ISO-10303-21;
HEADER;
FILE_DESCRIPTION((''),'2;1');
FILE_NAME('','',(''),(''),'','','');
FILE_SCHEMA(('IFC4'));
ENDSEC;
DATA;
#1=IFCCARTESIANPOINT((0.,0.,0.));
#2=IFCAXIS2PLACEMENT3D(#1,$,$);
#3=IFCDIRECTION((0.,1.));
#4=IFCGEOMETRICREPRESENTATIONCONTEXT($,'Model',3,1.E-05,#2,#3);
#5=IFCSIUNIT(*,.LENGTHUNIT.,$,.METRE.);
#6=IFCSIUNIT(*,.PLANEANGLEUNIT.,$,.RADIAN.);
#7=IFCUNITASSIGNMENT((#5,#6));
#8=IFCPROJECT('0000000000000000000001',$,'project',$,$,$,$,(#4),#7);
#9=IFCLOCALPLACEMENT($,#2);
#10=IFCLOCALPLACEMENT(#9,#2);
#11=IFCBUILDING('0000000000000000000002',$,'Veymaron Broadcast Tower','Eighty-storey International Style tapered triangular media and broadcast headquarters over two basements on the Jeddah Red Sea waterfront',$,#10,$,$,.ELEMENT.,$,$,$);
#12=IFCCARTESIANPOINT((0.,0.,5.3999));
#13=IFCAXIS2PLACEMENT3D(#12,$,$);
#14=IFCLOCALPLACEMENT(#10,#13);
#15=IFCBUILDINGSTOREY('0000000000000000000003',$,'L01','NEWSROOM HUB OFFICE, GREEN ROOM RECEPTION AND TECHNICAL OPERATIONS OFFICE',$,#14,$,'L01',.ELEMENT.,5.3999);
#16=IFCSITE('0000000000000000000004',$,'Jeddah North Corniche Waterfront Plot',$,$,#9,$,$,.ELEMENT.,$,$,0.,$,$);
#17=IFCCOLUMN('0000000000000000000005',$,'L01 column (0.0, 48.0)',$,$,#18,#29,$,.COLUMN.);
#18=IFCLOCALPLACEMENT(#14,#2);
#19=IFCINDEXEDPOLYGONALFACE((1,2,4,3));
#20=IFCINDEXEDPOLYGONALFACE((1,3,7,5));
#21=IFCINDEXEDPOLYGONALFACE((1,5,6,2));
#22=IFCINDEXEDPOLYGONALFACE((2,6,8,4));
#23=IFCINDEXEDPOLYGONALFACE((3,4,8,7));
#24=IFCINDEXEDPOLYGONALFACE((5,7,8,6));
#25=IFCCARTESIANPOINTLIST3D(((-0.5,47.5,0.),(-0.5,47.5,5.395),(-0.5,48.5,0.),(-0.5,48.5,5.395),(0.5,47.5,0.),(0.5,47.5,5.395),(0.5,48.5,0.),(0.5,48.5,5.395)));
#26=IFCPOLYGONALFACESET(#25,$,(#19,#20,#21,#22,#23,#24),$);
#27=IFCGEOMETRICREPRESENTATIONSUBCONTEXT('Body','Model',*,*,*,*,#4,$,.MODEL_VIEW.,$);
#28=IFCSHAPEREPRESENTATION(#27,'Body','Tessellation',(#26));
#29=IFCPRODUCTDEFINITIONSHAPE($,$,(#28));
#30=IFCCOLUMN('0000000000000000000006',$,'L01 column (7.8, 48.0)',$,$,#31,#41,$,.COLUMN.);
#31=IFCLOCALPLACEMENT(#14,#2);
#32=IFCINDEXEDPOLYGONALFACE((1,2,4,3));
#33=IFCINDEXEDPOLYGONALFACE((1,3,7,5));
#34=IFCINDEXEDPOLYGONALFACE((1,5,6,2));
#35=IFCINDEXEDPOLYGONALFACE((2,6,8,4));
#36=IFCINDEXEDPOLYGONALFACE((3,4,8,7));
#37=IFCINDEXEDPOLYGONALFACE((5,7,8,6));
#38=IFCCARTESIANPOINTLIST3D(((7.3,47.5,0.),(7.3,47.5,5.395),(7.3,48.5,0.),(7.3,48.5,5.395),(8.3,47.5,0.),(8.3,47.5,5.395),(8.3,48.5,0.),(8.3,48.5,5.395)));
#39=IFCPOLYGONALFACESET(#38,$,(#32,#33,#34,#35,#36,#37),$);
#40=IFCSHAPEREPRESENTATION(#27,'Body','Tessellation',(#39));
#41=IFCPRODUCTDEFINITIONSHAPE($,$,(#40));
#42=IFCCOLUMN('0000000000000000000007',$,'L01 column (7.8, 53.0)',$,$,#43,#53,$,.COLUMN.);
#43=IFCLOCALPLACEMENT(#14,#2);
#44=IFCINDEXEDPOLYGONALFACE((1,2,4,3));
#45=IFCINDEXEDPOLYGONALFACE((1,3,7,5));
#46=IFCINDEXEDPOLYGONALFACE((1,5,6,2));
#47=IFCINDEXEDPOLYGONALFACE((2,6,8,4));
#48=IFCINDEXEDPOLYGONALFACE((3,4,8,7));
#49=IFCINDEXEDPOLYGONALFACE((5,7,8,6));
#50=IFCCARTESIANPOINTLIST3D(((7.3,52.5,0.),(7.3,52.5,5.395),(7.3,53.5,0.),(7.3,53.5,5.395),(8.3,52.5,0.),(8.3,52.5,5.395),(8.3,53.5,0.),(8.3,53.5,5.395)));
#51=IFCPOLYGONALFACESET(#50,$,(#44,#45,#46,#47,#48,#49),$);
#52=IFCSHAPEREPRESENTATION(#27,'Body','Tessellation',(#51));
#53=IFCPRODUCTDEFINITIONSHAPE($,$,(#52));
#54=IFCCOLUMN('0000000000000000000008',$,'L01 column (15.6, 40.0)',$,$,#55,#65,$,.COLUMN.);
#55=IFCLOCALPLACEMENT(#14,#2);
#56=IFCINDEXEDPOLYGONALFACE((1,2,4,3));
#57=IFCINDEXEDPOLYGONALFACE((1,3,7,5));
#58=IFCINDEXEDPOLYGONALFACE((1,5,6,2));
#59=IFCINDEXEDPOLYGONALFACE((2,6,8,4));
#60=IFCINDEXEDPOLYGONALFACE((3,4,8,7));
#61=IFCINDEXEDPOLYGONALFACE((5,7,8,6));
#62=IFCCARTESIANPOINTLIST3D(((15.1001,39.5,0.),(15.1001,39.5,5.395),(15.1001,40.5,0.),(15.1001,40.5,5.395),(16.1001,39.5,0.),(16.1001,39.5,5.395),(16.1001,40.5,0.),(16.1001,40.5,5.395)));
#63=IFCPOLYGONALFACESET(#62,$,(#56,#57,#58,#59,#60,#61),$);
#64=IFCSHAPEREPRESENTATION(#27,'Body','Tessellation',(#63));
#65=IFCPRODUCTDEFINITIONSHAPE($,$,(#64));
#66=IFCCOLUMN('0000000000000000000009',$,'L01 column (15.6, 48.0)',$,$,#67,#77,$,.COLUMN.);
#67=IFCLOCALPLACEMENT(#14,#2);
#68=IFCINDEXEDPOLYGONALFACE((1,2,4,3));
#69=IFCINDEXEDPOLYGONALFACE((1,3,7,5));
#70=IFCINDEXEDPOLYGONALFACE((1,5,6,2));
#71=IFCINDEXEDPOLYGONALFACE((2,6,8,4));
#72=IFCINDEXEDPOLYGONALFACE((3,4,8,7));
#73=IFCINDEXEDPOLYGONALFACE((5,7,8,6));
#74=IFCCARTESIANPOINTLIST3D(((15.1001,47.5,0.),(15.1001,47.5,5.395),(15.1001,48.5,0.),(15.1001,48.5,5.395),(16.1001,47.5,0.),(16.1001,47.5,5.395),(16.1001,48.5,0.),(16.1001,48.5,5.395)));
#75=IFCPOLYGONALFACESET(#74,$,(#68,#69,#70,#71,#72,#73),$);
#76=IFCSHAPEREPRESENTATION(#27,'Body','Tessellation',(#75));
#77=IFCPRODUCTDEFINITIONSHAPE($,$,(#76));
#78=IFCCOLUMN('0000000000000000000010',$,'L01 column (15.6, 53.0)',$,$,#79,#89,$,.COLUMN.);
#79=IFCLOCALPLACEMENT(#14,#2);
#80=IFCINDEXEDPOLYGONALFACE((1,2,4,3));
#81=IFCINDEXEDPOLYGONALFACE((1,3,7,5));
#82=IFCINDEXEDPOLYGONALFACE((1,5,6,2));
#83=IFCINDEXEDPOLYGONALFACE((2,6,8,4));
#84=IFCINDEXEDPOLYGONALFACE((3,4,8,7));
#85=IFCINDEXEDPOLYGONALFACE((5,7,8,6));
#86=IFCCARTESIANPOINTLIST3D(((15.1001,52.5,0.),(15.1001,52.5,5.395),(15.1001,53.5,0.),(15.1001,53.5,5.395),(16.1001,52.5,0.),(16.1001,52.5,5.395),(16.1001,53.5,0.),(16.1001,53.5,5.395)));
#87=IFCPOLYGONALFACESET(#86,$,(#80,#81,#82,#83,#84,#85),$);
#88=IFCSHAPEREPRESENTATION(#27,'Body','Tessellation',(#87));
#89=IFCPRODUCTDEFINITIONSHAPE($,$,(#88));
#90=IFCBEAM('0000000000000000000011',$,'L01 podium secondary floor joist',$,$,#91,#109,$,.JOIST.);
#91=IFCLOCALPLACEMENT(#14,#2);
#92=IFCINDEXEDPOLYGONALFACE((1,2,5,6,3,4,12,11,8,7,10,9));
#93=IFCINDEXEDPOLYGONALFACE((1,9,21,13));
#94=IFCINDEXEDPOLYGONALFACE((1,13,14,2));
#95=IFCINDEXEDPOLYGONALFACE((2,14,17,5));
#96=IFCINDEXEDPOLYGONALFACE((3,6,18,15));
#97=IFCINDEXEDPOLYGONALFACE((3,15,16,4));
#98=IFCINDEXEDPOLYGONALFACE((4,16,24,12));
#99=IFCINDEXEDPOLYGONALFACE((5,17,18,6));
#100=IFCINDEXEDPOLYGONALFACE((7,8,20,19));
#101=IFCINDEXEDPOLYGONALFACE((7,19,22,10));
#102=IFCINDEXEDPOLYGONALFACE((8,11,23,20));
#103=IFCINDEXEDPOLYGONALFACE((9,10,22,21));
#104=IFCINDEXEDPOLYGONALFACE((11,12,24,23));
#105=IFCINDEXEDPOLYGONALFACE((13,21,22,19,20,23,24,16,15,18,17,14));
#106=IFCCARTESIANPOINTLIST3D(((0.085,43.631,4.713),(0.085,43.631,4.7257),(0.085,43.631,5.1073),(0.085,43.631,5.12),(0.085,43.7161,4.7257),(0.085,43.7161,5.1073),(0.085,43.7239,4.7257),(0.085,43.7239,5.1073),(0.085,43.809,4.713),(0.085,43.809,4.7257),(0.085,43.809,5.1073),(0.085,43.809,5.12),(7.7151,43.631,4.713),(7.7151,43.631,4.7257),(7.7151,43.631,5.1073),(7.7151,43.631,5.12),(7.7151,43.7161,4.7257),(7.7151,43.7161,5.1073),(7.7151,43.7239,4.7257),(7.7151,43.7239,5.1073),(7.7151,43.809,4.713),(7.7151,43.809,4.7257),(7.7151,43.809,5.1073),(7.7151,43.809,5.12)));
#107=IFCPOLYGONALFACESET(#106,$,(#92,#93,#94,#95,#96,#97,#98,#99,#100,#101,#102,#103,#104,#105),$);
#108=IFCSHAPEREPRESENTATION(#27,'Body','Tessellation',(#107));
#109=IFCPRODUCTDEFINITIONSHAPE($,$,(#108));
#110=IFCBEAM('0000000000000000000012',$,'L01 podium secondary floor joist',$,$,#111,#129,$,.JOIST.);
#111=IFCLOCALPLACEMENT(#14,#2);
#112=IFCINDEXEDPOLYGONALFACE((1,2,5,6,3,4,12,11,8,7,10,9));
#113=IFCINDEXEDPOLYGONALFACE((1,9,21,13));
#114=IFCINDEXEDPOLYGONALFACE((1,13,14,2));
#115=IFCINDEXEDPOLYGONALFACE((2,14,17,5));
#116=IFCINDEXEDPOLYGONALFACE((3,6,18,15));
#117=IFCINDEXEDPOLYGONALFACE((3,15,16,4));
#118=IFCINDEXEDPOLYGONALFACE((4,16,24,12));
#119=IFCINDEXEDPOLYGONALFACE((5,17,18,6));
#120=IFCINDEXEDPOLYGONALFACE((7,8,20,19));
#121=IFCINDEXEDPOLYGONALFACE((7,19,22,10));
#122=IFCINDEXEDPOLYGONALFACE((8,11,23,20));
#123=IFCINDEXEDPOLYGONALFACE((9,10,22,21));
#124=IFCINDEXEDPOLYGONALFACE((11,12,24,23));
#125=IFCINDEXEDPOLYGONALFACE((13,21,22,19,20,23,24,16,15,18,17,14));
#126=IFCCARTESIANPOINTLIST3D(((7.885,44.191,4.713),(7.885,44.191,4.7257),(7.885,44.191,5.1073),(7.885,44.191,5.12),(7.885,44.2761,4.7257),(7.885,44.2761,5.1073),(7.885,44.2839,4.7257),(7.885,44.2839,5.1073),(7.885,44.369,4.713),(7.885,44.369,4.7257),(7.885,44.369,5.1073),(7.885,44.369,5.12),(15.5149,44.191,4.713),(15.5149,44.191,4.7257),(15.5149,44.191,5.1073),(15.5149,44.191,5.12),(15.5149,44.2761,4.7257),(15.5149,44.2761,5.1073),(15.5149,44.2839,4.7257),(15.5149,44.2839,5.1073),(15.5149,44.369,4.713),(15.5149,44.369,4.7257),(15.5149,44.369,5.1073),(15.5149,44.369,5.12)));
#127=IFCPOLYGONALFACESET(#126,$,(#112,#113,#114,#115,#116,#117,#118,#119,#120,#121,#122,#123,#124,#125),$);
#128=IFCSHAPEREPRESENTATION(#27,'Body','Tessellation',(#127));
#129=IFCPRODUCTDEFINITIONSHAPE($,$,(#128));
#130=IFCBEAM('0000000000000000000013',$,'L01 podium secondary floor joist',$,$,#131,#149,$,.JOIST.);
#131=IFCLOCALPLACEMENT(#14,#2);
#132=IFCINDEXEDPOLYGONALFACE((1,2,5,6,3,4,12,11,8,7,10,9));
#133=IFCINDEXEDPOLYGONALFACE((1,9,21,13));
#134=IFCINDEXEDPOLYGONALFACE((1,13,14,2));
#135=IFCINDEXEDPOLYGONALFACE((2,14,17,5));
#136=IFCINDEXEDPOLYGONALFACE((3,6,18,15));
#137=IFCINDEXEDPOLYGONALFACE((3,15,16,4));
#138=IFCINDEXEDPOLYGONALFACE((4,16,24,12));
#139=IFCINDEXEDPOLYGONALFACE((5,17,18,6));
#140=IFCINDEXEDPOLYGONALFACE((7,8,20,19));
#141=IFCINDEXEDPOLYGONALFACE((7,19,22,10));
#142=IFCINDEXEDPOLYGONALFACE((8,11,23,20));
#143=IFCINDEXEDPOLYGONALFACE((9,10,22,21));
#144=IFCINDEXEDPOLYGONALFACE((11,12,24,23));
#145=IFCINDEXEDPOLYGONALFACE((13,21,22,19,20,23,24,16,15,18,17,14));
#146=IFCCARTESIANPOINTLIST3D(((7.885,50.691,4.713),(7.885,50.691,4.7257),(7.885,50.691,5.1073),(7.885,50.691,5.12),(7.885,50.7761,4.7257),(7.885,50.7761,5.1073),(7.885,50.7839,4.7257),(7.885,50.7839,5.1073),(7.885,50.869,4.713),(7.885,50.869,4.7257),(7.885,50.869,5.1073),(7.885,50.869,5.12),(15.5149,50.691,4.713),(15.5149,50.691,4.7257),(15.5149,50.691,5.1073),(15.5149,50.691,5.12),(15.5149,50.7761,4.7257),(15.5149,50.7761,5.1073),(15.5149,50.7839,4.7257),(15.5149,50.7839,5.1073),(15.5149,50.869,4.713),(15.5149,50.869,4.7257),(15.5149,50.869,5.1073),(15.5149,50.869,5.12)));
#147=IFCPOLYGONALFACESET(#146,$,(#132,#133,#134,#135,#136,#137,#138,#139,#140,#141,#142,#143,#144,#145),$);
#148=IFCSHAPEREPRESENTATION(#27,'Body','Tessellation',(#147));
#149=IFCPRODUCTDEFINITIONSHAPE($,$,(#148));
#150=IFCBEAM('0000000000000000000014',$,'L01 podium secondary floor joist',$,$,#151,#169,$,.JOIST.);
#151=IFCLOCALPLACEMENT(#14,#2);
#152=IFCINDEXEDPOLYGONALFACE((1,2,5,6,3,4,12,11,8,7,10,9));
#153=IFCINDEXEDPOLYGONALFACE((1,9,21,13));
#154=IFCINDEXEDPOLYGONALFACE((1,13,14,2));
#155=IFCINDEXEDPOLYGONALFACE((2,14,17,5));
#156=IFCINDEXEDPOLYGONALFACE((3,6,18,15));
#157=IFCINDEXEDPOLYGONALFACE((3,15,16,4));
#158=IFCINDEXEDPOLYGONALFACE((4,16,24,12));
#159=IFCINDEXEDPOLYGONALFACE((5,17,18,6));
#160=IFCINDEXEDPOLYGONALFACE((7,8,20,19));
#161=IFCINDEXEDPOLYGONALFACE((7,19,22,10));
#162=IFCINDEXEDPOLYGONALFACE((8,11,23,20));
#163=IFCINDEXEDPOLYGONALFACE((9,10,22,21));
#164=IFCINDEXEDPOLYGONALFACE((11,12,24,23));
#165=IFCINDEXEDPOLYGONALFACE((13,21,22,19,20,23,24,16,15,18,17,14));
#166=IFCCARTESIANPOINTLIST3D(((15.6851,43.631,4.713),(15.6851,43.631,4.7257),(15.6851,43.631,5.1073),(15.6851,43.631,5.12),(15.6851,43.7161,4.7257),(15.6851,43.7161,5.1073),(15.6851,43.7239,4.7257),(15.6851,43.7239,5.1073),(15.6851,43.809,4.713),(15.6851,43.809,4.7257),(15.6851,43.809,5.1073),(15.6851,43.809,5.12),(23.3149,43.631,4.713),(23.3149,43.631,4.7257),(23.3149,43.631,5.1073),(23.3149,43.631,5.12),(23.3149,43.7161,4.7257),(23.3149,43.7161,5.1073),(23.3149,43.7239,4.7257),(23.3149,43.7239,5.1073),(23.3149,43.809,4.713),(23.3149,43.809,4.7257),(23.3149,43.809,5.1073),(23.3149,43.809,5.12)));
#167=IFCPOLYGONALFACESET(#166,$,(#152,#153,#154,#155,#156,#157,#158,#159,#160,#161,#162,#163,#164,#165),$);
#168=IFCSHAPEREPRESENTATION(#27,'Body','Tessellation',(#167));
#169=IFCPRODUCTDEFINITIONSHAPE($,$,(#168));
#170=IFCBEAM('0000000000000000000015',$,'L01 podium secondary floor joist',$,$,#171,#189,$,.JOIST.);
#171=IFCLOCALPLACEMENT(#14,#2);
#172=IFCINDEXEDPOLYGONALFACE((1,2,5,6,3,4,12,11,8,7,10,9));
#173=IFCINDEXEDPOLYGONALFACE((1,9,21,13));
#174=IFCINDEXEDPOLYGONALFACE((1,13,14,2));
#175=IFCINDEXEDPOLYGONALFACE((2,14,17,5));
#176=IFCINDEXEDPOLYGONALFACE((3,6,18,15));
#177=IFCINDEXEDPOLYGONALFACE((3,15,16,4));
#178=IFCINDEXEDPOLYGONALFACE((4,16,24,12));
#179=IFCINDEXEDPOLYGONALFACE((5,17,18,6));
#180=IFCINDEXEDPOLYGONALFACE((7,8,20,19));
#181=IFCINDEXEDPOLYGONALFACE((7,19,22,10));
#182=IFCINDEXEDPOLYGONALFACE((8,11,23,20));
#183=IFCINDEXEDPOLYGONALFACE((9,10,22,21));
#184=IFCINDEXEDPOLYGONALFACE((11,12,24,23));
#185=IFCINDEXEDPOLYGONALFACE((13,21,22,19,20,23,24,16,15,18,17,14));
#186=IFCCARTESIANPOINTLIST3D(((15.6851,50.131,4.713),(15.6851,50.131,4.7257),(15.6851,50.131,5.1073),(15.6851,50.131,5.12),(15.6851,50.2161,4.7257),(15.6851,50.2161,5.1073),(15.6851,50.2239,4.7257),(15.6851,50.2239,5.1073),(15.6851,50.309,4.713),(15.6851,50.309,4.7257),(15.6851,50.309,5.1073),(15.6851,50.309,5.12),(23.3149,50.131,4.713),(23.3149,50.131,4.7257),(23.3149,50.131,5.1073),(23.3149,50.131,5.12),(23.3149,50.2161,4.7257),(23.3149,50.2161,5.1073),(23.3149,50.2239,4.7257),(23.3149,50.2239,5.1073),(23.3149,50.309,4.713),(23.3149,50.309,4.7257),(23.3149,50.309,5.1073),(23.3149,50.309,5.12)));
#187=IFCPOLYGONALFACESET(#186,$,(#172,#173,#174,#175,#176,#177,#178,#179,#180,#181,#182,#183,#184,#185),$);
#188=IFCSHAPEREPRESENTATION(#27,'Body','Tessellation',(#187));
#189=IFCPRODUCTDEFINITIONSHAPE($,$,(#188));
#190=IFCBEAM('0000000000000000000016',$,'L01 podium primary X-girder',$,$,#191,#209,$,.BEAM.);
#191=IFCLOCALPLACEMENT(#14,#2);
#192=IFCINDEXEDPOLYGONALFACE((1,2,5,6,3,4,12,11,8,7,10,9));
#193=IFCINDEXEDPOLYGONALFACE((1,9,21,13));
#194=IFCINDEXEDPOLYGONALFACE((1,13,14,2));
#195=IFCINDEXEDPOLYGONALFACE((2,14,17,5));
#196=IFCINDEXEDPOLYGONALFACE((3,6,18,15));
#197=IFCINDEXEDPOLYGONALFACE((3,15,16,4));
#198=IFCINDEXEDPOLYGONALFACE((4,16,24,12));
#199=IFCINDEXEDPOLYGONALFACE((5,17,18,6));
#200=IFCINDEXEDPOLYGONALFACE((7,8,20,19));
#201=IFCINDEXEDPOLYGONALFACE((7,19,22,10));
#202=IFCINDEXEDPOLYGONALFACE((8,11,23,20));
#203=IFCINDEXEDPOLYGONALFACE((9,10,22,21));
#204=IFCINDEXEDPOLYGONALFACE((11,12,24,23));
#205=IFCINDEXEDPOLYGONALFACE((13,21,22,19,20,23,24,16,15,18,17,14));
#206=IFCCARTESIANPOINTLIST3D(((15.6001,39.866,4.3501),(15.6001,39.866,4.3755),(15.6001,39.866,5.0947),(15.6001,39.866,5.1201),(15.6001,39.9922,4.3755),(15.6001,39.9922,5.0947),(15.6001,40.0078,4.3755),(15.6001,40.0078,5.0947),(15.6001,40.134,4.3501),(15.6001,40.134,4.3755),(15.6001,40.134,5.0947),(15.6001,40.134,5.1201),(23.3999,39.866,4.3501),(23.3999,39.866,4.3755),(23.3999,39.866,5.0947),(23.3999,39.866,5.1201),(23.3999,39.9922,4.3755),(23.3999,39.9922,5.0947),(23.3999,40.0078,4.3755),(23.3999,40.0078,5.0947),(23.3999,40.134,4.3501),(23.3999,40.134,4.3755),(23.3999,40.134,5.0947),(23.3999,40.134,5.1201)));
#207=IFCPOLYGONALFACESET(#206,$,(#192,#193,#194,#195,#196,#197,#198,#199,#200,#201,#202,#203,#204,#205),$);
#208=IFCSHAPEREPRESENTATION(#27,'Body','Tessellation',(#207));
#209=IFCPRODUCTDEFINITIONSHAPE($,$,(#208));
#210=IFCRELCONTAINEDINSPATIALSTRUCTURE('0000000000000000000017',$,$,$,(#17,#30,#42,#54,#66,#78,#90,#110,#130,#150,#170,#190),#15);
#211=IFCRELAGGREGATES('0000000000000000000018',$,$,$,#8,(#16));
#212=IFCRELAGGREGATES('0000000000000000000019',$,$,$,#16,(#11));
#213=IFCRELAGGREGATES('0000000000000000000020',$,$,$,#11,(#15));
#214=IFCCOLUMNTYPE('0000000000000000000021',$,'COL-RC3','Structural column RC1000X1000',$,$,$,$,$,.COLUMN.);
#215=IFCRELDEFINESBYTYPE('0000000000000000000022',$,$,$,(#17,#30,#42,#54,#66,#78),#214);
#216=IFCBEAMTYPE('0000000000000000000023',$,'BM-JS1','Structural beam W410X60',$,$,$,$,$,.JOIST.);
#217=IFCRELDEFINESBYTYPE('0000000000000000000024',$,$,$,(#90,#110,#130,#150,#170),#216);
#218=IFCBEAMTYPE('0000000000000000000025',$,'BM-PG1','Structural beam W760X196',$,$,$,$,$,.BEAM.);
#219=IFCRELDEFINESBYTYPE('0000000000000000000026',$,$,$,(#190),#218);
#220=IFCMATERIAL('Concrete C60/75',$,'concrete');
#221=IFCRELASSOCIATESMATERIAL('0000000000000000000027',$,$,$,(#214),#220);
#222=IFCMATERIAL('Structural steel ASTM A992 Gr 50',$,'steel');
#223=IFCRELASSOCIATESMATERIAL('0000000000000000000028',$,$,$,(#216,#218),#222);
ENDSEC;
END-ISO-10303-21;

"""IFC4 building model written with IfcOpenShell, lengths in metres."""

from ifc_helpers import new_model, si_unit, direction, frame, origin, origin_2d, place, context, subcontext, project, spatial, rectangle, i_section, extrude, material, material_profile, profile_set, type_object, element, save


model = new_model("IFC4")

# Units and contexts
model_context = context("Model", 3, precision=1e-05, world=origin(), true_north=direction((0.0, 1.0)))
body_context = subcontext(model_context, "Body", "Model", "MODEL_VIEW")
ifc_project = project(units=[si_unit("LENGTHUNIT", "METRE"), si_unit("PLANEANGLEUNIT", "RADIAN")], contexts=[model_context])

# Site, building, storey
site_placement = place(None, origin())
site = spatial("IfcSite", under=ifc_project, at=site_placement, Name="Jeddah North Corniche Waterfront Plot", CompositionType="ELEMENT", RefElevation=0.0)
building_placement = place(site_placement, origin())
building = spatial("IfcBuilding", under=site, at=building_placement, Name="Veymaron Broadcast Tower", Description="Eighty-storey International Style tapered triangular media and broadcast headquarters over two basements on the Jeddah Red Sea waterfront", CompositionType="ELEMENT")
storey_placement = place(building_placement, frame((0.0, 0.0, 5.3999)))
storey = spatial("IfcBuildingStorey", under=building, at=storey_placement, Name="L01", Description="NEWSROOM HUB OFFICE, GREEN ROOM RECEPTION AND TECHNICAL OPERATIONS OFFICE", LongName="L01", CompositionType="ELEMENT", Elevation=5.3999)

# Columns
ifc_material_1 = material(Name="Concrete C60/75", Category="concrete")
ifc_material_profile_1 = material_profile(ifc_material_1, rectangle(XDim=1.0, YDim=1.0, at=origin_2d()), Name="RC1000X1000")
ifc_profile_set_1 = profile_set([ifc_material_profile_1], Name="Concrete C60/75")
column_type = type_object("IfcColumnType", Name="COL-RC3", Description="Structural column RC1000X1000", PredefinedType="COLUMN", material=ifc_profile_set_1)
for number, where, z_axis, x_axis, name in (
    (1, (0.0, 48.0, 0.0), (0.0, 0.0, 1.0), (1.0, 0.0, 0.0), "L01 column (0.0, 48.0)"),
    (2, (7.8, 48.0, 0.0), (0.0, 0.0, 1.0), (1.0, 0.0, 0.0), "L01 column (7.8, 48.0)"),
    (3, (7.8, 53.0, 0.0), (0.0, 0.0, 1.0), (1.0, 0.0, 0.0), "L01 column (7.8, 53.0)"),
    (4, (15.6001, 40.0, 0.0), (0.0, 0.0, 1.0), (1.0, 0.0, 0.0), "L01 column (15.6, 40.0)"),
    (5, (15.6001, 48.0, 0.0), (0.0, 0.0, 1.0), (1.0, 0.0, 0.0), "L01 column (15.6, 48.0)"),
    (6, (15.6001, 53.0, 0.0), (0.0, 0.0, 1.0), (1.0, 0.0, 0.0), "L01 column (15.6, 53.0)"),
):
    element("IfcColumn", number, at=place(storey_placement, frame(where, z_axis=z_axis, x_axis=x_axis)), inside=storey, type_object=column_type, Name=name, PredefinedType="COLUMN", context=body_context, shape_type="SweptSolid", body=[
        extrude(rectangle(XDim=1.0, YDim=1.0, at=origin_2d()), origin(), (0.0, 0.0, 1.0), 5.395),
    ])

# Beams
ifc_material_2 = material(Name="Structural steel ASTM A992 Gr 50", Category="steel")
ifc_material_profile_2 = material_profile(ifc_material_2, i_section(OverallWidth=0.178, OverallDepth=0.407, WebThickness=0.0078, FlangeThickness=0.0127, at=origin_2d()), Name="W410X60")
ifc_profile_set_2 = profile_set([ifc_material_profile_2], Name="Structural steel ASTM A992 Gr 50")
beam_type_1 = type_object("IfcBeamType", Name="BM-JS1", Description="Structural beam W410X60", PredefinedType="JOIST", material=ifc_profile_set_2)
beam_1_placement = place(storey_placement, frame((0.085, 43.72, 4.9165), z_axis=(1.0, 0.0, 0.0), x_axis=(0.0, 1.0, 0.0)))
element("IfcBeam", 7, at=beam_1_placement, inside=storey, type_object=beam_type_1, Name="L01 podium secondary floor joist", PredefinedType="JOIST", context=body_context, shape_type="SweptSolid", body=[
    extrude(i_section(OverallWidth=0.178, OverallDepth=0.407, WebThickness=0.0078, FlangeThickness=0.0127, at=origin_2d()), origin(), (0.0, 0.0, 1.0), 7.6301),
])
for number, where, z_axis, x_axis, name in (
    (8, (7.885, 44.28, 4.9165), (1.0, 0.0, 0.0), (0.0, 1.0, 0.0), "L01 podium secondary floor joist"),
    (9, (7.885, 50.78, 4.9165), (1.0, 0.0, 0.0), (0.0, 1.0, 0.0), "L01 podium secondary floor joist"),
    (10, (15.6851, 43.72, 4.9165), (1.0, 0.0, 0.0), (0.0, 1.0, 0.0), "L01 podium secondary floor joist"),
    (11, (15.6851, 50.22, 4.9165), (1.0, 0.0, 0.0), (0.0, 1.0, 0.0), "L01 podium secondary floor joist"),
):
    element("IfcBeam", number, at=place(storey_placement, frame(where, z_axis=z_axis, x_axis=x_axis)), inside=storey, type_object=beam_type_1, Name=name, PredefinedType="JOIST", context=body_context, shape_type="SweptSolid", body=[
        extrude(i_section(OverallWidth=0.178, OverallDepth=0.407, WebThickness=0.0078, FlangeThickness=0.0127, at=origin_2d()), origin(), (0.0, 0.0, 1.0), 7.6299),
    ])
ifc_material_profile_3 = material_profile(ifc_material_2, i_section(OverallWidth=0.2681, OverallDepth=0.77, WebThickness=0.0156, FlangeThickness=0.0254, at=origin_2d()), Name="W760X196")
ifc_profile_set_3 = profile_set([ifc_material_profile_3], Name="Structural steel ASTM A992 Gr 50")
beam_type_2 = type_object("IfcBeamType", Name="BM-PG1", Description="Structural beam W760X196", PredefinedType="BEAM", material=ifc_profile_set_3)
beam_2_placement = place(storey_placement, frame((15.6001, 40.0, 4.7351), z_axis=(1.0, 0.0, 0.0), x_axis=(0.0, 1.0, 0.0)))
element("IfcBeam", 12, at=beam_2_placement, inside=storey, type_object=beam_type_2, Name="L01 podium primary X-girder", PredefinedType="BEAM", context=body_context, shape_type="SweptSolid", body=[
    extrude(i_section(OverallWidth=0.2681, OverallDepth=0.77, WebThickness=0.0156, FlangeThickness=0.0254, at=origin_2d()), origin(), (0.0, 0.0, 1.0), 7.7998),
])

save(model, "model.ifc")
